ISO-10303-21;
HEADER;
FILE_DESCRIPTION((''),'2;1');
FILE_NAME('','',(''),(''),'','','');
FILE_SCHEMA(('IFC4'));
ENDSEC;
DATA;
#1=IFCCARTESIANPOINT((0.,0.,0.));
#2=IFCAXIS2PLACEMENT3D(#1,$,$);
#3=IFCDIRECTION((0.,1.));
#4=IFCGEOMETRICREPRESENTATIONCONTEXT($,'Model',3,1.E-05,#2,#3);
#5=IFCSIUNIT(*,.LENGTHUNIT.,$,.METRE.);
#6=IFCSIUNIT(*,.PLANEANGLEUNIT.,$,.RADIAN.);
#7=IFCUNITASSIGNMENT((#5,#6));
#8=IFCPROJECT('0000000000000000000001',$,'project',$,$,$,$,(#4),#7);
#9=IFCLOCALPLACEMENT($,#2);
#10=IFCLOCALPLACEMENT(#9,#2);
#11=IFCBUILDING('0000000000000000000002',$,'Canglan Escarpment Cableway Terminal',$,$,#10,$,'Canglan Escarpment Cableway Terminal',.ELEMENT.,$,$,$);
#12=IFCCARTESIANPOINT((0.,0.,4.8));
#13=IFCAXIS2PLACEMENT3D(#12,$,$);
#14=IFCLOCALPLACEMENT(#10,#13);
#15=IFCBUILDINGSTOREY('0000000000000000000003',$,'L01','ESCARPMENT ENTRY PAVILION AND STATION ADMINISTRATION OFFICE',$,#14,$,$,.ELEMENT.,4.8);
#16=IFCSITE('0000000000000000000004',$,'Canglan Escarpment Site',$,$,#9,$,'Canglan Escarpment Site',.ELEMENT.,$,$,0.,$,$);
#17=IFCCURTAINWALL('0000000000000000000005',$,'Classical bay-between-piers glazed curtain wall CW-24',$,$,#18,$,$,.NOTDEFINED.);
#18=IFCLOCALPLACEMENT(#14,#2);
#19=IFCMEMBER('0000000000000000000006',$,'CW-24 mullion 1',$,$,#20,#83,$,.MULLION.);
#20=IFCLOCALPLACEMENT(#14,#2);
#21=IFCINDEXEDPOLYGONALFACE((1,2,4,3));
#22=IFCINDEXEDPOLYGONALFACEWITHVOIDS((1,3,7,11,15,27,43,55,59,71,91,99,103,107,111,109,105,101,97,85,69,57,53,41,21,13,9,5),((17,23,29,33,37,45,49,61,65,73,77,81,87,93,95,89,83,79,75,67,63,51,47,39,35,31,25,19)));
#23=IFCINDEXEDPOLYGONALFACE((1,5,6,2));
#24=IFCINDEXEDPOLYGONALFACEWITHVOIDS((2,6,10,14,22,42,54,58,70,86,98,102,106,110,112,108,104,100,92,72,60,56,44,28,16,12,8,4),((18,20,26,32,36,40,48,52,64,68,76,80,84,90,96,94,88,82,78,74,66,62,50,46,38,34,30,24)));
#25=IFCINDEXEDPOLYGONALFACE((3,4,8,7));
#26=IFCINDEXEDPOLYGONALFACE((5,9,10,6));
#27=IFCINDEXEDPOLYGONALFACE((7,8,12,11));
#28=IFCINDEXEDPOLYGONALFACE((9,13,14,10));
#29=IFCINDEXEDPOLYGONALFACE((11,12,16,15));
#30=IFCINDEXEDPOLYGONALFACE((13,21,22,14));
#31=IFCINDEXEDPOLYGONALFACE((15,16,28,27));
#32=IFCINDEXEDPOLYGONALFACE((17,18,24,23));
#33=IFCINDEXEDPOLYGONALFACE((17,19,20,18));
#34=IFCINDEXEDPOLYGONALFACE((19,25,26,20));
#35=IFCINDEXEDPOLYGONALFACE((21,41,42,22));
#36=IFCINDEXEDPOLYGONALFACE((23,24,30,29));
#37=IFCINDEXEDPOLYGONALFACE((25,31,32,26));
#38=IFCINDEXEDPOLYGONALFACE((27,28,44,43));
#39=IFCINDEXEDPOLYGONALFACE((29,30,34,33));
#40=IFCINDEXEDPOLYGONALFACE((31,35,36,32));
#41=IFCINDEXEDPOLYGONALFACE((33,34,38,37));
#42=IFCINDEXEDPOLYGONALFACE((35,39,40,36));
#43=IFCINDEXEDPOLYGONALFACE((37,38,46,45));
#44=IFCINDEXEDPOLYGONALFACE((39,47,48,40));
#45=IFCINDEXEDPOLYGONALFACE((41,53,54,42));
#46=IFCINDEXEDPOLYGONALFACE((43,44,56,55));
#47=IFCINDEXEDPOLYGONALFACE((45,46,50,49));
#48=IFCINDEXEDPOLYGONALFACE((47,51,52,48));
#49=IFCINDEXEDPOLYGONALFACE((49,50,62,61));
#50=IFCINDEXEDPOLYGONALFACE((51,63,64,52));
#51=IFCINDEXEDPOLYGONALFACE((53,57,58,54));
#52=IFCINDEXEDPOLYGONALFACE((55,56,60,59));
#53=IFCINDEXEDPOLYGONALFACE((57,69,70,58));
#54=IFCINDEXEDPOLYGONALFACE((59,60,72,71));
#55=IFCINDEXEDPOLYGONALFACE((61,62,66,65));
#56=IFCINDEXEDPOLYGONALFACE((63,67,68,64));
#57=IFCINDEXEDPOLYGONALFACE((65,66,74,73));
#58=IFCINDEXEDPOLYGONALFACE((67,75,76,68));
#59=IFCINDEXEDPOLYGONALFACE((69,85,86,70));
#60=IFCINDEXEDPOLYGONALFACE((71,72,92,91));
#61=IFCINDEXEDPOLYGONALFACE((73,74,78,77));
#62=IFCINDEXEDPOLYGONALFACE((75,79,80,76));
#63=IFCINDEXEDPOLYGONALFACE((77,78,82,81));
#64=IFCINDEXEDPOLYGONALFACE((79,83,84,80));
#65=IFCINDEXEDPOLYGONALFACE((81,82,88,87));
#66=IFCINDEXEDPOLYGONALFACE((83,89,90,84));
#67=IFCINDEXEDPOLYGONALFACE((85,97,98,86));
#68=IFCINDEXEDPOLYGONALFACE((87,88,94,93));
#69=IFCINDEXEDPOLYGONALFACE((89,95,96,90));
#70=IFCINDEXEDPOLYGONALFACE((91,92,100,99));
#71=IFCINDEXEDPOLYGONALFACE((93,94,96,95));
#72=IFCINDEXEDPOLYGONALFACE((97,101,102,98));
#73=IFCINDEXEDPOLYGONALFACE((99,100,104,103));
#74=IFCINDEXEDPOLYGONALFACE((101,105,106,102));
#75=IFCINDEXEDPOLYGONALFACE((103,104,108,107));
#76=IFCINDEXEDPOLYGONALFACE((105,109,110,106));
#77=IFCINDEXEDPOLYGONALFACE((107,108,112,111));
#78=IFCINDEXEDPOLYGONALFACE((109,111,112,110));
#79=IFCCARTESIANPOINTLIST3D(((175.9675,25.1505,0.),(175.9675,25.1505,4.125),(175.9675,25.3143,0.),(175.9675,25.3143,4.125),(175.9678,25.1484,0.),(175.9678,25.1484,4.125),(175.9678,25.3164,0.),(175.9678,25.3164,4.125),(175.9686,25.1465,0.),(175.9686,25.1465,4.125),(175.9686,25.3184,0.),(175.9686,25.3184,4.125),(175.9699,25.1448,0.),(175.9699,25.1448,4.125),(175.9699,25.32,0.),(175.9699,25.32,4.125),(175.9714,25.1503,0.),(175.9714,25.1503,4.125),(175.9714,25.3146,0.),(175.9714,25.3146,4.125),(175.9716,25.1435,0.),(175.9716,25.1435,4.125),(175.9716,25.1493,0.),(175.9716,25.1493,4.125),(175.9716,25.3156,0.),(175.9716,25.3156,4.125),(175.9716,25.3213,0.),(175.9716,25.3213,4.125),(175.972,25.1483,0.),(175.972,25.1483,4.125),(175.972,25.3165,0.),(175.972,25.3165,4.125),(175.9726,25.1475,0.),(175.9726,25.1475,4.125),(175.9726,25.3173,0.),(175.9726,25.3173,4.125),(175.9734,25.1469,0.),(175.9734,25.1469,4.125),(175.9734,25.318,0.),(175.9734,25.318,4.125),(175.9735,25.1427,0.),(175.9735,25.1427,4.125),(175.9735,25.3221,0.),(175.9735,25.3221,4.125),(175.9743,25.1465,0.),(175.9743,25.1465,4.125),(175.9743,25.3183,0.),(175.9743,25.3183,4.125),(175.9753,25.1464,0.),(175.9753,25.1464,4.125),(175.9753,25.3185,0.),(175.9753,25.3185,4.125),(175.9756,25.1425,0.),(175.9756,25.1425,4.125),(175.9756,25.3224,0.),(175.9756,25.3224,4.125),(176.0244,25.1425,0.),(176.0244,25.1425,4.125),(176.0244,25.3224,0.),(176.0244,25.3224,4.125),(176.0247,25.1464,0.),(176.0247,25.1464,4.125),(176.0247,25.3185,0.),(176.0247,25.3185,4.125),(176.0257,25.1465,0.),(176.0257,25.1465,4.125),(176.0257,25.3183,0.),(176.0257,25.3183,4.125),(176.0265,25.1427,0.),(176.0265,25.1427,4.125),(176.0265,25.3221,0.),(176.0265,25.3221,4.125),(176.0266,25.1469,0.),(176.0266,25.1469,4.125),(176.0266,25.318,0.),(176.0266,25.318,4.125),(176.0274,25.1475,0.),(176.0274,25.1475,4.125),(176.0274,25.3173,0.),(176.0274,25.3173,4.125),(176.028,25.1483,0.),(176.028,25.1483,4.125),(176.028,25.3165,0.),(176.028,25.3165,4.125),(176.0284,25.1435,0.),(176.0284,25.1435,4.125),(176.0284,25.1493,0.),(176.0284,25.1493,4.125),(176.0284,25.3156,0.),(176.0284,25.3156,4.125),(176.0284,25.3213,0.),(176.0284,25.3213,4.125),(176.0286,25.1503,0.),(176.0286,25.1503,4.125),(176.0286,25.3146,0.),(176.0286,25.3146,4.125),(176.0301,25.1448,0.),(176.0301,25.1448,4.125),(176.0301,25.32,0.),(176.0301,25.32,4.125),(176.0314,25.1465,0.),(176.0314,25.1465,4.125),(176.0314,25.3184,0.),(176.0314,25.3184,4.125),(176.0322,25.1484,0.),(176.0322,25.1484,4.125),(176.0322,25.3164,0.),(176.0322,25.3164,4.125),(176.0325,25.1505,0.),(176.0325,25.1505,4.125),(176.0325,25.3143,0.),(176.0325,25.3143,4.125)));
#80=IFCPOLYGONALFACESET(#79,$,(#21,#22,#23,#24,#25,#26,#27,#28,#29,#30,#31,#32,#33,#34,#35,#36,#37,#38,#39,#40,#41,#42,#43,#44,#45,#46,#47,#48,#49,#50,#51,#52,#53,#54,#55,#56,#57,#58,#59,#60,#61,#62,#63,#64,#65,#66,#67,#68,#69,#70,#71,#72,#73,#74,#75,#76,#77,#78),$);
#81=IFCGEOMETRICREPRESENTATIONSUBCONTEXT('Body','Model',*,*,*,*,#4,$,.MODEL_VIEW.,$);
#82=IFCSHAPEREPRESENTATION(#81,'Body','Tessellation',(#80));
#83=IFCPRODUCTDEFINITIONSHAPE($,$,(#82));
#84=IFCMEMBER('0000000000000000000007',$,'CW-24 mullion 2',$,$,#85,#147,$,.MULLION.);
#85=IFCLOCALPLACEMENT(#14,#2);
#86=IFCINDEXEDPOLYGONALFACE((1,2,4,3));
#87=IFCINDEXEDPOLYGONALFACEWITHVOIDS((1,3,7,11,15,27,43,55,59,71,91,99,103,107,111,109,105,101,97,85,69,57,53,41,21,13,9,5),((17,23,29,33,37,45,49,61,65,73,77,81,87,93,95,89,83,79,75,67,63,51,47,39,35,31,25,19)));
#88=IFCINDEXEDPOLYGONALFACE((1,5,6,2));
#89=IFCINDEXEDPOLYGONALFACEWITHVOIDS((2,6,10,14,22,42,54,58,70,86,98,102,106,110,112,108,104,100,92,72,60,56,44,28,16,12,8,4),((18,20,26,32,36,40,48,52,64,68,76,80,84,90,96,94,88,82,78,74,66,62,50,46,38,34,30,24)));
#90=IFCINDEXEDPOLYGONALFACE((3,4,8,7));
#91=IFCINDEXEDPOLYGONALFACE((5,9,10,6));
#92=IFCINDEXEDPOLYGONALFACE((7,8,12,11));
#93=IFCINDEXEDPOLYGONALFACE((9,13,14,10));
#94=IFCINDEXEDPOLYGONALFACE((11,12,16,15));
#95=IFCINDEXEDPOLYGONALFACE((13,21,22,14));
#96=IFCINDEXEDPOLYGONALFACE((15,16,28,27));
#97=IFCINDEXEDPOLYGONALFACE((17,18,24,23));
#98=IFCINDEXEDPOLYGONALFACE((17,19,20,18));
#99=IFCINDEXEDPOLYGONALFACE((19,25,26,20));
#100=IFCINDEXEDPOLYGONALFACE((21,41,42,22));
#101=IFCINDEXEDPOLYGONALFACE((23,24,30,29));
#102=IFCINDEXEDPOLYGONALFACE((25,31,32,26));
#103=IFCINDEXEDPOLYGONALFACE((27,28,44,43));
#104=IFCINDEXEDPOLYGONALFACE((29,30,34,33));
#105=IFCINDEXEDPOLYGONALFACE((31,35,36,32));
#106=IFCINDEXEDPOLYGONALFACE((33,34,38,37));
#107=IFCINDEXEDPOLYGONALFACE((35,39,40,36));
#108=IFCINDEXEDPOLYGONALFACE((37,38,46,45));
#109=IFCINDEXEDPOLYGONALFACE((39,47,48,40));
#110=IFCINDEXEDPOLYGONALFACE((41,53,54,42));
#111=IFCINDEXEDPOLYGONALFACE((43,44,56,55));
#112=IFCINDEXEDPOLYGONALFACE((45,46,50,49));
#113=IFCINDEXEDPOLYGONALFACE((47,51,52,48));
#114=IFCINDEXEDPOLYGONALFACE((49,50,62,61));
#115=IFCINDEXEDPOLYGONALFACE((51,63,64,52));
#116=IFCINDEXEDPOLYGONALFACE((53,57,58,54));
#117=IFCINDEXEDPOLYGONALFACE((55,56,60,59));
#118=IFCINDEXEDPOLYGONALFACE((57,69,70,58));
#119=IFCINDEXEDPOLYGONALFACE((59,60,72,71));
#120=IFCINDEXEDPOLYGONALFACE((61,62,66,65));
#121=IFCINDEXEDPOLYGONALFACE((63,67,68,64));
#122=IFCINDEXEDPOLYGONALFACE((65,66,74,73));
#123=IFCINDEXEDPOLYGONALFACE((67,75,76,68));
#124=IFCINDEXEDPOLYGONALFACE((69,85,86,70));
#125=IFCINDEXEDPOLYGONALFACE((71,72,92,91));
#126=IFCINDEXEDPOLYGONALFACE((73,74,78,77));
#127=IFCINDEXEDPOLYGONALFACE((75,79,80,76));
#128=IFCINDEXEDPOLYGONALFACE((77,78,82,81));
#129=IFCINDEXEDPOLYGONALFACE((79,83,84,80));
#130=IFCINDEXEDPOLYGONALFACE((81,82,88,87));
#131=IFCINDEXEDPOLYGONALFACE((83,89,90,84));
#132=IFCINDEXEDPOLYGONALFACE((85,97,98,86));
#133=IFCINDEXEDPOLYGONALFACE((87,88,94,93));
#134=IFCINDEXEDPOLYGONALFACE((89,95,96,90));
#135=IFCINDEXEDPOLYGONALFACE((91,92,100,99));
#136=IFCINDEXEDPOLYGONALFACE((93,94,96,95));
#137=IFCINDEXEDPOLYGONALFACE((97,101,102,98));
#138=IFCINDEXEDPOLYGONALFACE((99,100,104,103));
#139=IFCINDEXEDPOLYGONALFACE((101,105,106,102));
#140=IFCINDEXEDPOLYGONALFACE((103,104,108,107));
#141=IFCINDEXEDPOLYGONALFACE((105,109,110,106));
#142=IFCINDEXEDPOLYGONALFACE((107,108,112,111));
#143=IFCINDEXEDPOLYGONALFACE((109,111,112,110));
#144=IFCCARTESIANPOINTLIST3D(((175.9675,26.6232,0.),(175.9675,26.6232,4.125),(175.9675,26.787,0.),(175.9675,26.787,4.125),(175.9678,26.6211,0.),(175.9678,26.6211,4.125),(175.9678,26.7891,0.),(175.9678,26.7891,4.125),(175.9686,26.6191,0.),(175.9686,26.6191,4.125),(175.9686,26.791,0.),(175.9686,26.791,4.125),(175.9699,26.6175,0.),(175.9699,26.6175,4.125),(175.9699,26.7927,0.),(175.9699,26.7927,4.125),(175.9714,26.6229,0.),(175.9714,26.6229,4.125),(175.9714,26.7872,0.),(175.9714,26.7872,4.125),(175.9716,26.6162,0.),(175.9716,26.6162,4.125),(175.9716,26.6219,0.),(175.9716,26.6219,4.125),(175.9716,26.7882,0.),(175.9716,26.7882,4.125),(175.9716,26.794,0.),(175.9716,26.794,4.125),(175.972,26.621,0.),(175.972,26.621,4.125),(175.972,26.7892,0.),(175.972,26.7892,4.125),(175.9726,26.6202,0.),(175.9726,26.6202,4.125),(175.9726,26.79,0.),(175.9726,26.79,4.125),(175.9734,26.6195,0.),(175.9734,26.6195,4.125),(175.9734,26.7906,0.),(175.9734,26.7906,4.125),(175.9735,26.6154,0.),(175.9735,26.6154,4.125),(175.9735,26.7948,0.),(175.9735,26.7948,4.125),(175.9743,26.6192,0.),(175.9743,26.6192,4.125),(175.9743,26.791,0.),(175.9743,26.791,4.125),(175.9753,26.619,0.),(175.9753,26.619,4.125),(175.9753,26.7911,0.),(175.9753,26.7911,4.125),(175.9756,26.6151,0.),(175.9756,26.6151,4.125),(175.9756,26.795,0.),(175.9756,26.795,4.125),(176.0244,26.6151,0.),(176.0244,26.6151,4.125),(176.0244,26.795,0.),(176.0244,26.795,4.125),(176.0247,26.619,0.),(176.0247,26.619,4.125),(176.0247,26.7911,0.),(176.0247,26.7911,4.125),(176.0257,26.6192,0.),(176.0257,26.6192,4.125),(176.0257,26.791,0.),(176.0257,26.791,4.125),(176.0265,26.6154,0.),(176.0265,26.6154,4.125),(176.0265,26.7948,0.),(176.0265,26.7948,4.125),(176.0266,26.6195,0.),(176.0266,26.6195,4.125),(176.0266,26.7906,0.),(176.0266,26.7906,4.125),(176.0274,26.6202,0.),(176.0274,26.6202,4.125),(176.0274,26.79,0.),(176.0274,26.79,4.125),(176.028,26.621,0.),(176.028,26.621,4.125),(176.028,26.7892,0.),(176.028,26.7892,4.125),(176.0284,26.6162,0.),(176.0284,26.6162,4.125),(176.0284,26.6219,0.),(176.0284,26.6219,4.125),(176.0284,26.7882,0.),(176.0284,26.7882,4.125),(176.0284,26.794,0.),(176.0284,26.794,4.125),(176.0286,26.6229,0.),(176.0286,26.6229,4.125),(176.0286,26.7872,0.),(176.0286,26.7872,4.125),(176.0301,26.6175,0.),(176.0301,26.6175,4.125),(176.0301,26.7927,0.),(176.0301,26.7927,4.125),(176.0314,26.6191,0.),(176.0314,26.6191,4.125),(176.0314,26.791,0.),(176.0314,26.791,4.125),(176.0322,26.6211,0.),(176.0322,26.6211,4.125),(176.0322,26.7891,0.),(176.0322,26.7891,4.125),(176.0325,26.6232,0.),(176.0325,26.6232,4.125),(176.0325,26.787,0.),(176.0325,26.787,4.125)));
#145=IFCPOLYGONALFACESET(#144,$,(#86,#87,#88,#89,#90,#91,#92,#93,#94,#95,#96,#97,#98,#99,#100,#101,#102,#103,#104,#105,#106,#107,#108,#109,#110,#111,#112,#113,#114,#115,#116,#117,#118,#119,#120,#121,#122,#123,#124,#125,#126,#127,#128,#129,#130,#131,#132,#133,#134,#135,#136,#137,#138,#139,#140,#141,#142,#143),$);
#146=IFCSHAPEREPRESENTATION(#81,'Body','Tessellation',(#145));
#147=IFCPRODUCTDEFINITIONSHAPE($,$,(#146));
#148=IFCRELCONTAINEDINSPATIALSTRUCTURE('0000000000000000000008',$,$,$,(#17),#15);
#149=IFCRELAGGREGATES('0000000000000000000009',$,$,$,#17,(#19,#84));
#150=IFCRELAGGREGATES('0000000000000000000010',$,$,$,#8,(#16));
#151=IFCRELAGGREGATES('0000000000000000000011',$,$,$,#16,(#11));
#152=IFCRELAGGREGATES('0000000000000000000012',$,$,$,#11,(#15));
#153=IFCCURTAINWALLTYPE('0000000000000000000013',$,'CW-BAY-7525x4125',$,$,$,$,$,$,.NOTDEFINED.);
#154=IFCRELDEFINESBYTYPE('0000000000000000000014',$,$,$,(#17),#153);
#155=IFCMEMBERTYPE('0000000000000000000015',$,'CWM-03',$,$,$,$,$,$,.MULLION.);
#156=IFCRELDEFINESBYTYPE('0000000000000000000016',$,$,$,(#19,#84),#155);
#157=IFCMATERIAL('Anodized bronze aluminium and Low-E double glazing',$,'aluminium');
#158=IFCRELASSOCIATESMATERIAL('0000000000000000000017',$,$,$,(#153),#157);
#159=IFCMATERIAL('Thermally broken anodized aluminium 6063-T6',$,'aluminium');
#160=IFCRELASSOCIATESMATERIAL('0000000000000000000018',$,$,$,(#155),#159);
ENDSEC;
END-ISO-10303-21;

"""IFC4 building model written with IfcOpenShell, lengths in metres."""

from ifc_helpers import new_model, si_unit, direction, frame, origin, origin_2d, place, context, subcontext, project, spatial, hollow_rectangle, extrude, material, material_profile, profile_set, type_object, element, aggregate, save


model = new_model("IFC4")

# Units and contexts
model_context = context("Model", 3, precision=1e-05, world=origin(), true_north=direction((0.0, 1.0)))
body_context = subcontext(model_context, "Body", "Model", "MODEL_VIEW")
ifc_project = project(units=[si_unit("LENGTHUNIT", "METRE"), si_unit("PLANEANGLEUNIT", "RADIAN")], contexts=[model_context])

# Site, building, storey
site_placement = place(None, origin())
site = spatial("IfcSite", under=ifc_project, at=site_placement, Name="Canglan Escarpment Site", LongName="Canglan Escarpment Site", CompositionType="ELEMENT", RefElevation=0.0)
building_placement = place(site_placement, origin())
building = spatial("IfcBuilding", under=site, at=building_placement, Name="Canglan Escarpment Cableway Terminal", LongName="Canglan Escarpment Cableway Terminal", CompositionType="ELEMENT")
storey_placement = place(building_placement, frame((0.0, 0.0, 4.8)))
storey = spatial("IfcBuildingStorey", under=building, at=storey_placement, Name="L01", Description="ESCARPMENT ENTRY PAVILION AND STATION ADMINISTRATION OFFICE", CompositionType="ELEMENT", Elevation=4.8)

# Curtain wall, members
ifc_material_1 = material(Name="Anodized bronze aluminium and Low-E double glazing", Category="aluminium")
curtain_wall_type = type_object("IfcCurtainWallType", Name="CW-BAY-7525x4125", PredefinedType="NOTDEFINED", material=ifc_material_1)
curtain_wall_placement = place(storey_placement, origin())
curtain_wall = element("IfcCurtainWall", 1, at=curtain_wall_placement, inside=storey, type_object=curtain_wall_type, Name="Classical bay-between-piers glazed curtain wall CW-24", PredefinedType="NOTDEFINED")
ifc_material_2 = material(Name="Thermally broken anodized aluminium 6063-T6", Category="aluminium")
ifc_material_profile_1 = material_profile(ifc_material_2, hollow_rectangle(XDim=0.0649, YDim=0.1799, WallThickness=0.0039, InnerFilletRadius=0.0039, OuterFilletRadius=0.0081, at=origin_2d()), Name="ALU-MULL 65x180x4")
ifc_profile_set_1 = profile_set([ifc_material_profile_1], Name="Thermally broken anodized aluminium 6063-T6")
member_type_1 = type_object("IfcMemberType", Name="CWM-03", PredefinedType="MULLION", material=ifc_profile_set_1)
member_1_placement = place(storey_placement, frame((176.0, 25.2324, 0.0), z_axis=(0.0, 0.0, 1.0), x_axis=(-1.0, 0.0, 0.0)))
member_1 = element("IfcMember", 2, at=member_1_placement, type_object=member_type_1, Name="CW-24 mullion 1", PredefinedType="MULLION", context=body_context, shape_type="SweptSolid", body=[
    extrude(hollow_rectangle(XDim=0.0649, YDim=0.1799, WallThickness=0.0039, InnerFilletRadius=0.0039, OuterFilletRadius=0.0081, at=origin_2d()), origin(), (0.0, 0.0, 1.0), 4.125),
])
member_2_placement = place(storey_placement, frame((176.0, 26.7051, 0.0), z_axis=(0.0, 0.0, 1.0), x_axis=(-1.0, 0.0, 0.0)))
member_2 = element("IfcMember", 3, at=member_2_placement, type_object=member_type_1, Name="CW-24 mullion 2", PredefinedType="MULLION", context=body_context, shape_type="SweptSolid", body=[
    extrude(hollow_rectangle(XDim=0.0649, YDim=0.1799, WallThickness=0.0039, InnerFilletRadius=0.0039, OuterFilletRadius=0.0081, at=origin_2d()), origin(), (0.0, 0.0, 1.0), 4.125),
])

aggregate(curtain_wall, [member_1, member_2])

save(model, "model.ifc")
